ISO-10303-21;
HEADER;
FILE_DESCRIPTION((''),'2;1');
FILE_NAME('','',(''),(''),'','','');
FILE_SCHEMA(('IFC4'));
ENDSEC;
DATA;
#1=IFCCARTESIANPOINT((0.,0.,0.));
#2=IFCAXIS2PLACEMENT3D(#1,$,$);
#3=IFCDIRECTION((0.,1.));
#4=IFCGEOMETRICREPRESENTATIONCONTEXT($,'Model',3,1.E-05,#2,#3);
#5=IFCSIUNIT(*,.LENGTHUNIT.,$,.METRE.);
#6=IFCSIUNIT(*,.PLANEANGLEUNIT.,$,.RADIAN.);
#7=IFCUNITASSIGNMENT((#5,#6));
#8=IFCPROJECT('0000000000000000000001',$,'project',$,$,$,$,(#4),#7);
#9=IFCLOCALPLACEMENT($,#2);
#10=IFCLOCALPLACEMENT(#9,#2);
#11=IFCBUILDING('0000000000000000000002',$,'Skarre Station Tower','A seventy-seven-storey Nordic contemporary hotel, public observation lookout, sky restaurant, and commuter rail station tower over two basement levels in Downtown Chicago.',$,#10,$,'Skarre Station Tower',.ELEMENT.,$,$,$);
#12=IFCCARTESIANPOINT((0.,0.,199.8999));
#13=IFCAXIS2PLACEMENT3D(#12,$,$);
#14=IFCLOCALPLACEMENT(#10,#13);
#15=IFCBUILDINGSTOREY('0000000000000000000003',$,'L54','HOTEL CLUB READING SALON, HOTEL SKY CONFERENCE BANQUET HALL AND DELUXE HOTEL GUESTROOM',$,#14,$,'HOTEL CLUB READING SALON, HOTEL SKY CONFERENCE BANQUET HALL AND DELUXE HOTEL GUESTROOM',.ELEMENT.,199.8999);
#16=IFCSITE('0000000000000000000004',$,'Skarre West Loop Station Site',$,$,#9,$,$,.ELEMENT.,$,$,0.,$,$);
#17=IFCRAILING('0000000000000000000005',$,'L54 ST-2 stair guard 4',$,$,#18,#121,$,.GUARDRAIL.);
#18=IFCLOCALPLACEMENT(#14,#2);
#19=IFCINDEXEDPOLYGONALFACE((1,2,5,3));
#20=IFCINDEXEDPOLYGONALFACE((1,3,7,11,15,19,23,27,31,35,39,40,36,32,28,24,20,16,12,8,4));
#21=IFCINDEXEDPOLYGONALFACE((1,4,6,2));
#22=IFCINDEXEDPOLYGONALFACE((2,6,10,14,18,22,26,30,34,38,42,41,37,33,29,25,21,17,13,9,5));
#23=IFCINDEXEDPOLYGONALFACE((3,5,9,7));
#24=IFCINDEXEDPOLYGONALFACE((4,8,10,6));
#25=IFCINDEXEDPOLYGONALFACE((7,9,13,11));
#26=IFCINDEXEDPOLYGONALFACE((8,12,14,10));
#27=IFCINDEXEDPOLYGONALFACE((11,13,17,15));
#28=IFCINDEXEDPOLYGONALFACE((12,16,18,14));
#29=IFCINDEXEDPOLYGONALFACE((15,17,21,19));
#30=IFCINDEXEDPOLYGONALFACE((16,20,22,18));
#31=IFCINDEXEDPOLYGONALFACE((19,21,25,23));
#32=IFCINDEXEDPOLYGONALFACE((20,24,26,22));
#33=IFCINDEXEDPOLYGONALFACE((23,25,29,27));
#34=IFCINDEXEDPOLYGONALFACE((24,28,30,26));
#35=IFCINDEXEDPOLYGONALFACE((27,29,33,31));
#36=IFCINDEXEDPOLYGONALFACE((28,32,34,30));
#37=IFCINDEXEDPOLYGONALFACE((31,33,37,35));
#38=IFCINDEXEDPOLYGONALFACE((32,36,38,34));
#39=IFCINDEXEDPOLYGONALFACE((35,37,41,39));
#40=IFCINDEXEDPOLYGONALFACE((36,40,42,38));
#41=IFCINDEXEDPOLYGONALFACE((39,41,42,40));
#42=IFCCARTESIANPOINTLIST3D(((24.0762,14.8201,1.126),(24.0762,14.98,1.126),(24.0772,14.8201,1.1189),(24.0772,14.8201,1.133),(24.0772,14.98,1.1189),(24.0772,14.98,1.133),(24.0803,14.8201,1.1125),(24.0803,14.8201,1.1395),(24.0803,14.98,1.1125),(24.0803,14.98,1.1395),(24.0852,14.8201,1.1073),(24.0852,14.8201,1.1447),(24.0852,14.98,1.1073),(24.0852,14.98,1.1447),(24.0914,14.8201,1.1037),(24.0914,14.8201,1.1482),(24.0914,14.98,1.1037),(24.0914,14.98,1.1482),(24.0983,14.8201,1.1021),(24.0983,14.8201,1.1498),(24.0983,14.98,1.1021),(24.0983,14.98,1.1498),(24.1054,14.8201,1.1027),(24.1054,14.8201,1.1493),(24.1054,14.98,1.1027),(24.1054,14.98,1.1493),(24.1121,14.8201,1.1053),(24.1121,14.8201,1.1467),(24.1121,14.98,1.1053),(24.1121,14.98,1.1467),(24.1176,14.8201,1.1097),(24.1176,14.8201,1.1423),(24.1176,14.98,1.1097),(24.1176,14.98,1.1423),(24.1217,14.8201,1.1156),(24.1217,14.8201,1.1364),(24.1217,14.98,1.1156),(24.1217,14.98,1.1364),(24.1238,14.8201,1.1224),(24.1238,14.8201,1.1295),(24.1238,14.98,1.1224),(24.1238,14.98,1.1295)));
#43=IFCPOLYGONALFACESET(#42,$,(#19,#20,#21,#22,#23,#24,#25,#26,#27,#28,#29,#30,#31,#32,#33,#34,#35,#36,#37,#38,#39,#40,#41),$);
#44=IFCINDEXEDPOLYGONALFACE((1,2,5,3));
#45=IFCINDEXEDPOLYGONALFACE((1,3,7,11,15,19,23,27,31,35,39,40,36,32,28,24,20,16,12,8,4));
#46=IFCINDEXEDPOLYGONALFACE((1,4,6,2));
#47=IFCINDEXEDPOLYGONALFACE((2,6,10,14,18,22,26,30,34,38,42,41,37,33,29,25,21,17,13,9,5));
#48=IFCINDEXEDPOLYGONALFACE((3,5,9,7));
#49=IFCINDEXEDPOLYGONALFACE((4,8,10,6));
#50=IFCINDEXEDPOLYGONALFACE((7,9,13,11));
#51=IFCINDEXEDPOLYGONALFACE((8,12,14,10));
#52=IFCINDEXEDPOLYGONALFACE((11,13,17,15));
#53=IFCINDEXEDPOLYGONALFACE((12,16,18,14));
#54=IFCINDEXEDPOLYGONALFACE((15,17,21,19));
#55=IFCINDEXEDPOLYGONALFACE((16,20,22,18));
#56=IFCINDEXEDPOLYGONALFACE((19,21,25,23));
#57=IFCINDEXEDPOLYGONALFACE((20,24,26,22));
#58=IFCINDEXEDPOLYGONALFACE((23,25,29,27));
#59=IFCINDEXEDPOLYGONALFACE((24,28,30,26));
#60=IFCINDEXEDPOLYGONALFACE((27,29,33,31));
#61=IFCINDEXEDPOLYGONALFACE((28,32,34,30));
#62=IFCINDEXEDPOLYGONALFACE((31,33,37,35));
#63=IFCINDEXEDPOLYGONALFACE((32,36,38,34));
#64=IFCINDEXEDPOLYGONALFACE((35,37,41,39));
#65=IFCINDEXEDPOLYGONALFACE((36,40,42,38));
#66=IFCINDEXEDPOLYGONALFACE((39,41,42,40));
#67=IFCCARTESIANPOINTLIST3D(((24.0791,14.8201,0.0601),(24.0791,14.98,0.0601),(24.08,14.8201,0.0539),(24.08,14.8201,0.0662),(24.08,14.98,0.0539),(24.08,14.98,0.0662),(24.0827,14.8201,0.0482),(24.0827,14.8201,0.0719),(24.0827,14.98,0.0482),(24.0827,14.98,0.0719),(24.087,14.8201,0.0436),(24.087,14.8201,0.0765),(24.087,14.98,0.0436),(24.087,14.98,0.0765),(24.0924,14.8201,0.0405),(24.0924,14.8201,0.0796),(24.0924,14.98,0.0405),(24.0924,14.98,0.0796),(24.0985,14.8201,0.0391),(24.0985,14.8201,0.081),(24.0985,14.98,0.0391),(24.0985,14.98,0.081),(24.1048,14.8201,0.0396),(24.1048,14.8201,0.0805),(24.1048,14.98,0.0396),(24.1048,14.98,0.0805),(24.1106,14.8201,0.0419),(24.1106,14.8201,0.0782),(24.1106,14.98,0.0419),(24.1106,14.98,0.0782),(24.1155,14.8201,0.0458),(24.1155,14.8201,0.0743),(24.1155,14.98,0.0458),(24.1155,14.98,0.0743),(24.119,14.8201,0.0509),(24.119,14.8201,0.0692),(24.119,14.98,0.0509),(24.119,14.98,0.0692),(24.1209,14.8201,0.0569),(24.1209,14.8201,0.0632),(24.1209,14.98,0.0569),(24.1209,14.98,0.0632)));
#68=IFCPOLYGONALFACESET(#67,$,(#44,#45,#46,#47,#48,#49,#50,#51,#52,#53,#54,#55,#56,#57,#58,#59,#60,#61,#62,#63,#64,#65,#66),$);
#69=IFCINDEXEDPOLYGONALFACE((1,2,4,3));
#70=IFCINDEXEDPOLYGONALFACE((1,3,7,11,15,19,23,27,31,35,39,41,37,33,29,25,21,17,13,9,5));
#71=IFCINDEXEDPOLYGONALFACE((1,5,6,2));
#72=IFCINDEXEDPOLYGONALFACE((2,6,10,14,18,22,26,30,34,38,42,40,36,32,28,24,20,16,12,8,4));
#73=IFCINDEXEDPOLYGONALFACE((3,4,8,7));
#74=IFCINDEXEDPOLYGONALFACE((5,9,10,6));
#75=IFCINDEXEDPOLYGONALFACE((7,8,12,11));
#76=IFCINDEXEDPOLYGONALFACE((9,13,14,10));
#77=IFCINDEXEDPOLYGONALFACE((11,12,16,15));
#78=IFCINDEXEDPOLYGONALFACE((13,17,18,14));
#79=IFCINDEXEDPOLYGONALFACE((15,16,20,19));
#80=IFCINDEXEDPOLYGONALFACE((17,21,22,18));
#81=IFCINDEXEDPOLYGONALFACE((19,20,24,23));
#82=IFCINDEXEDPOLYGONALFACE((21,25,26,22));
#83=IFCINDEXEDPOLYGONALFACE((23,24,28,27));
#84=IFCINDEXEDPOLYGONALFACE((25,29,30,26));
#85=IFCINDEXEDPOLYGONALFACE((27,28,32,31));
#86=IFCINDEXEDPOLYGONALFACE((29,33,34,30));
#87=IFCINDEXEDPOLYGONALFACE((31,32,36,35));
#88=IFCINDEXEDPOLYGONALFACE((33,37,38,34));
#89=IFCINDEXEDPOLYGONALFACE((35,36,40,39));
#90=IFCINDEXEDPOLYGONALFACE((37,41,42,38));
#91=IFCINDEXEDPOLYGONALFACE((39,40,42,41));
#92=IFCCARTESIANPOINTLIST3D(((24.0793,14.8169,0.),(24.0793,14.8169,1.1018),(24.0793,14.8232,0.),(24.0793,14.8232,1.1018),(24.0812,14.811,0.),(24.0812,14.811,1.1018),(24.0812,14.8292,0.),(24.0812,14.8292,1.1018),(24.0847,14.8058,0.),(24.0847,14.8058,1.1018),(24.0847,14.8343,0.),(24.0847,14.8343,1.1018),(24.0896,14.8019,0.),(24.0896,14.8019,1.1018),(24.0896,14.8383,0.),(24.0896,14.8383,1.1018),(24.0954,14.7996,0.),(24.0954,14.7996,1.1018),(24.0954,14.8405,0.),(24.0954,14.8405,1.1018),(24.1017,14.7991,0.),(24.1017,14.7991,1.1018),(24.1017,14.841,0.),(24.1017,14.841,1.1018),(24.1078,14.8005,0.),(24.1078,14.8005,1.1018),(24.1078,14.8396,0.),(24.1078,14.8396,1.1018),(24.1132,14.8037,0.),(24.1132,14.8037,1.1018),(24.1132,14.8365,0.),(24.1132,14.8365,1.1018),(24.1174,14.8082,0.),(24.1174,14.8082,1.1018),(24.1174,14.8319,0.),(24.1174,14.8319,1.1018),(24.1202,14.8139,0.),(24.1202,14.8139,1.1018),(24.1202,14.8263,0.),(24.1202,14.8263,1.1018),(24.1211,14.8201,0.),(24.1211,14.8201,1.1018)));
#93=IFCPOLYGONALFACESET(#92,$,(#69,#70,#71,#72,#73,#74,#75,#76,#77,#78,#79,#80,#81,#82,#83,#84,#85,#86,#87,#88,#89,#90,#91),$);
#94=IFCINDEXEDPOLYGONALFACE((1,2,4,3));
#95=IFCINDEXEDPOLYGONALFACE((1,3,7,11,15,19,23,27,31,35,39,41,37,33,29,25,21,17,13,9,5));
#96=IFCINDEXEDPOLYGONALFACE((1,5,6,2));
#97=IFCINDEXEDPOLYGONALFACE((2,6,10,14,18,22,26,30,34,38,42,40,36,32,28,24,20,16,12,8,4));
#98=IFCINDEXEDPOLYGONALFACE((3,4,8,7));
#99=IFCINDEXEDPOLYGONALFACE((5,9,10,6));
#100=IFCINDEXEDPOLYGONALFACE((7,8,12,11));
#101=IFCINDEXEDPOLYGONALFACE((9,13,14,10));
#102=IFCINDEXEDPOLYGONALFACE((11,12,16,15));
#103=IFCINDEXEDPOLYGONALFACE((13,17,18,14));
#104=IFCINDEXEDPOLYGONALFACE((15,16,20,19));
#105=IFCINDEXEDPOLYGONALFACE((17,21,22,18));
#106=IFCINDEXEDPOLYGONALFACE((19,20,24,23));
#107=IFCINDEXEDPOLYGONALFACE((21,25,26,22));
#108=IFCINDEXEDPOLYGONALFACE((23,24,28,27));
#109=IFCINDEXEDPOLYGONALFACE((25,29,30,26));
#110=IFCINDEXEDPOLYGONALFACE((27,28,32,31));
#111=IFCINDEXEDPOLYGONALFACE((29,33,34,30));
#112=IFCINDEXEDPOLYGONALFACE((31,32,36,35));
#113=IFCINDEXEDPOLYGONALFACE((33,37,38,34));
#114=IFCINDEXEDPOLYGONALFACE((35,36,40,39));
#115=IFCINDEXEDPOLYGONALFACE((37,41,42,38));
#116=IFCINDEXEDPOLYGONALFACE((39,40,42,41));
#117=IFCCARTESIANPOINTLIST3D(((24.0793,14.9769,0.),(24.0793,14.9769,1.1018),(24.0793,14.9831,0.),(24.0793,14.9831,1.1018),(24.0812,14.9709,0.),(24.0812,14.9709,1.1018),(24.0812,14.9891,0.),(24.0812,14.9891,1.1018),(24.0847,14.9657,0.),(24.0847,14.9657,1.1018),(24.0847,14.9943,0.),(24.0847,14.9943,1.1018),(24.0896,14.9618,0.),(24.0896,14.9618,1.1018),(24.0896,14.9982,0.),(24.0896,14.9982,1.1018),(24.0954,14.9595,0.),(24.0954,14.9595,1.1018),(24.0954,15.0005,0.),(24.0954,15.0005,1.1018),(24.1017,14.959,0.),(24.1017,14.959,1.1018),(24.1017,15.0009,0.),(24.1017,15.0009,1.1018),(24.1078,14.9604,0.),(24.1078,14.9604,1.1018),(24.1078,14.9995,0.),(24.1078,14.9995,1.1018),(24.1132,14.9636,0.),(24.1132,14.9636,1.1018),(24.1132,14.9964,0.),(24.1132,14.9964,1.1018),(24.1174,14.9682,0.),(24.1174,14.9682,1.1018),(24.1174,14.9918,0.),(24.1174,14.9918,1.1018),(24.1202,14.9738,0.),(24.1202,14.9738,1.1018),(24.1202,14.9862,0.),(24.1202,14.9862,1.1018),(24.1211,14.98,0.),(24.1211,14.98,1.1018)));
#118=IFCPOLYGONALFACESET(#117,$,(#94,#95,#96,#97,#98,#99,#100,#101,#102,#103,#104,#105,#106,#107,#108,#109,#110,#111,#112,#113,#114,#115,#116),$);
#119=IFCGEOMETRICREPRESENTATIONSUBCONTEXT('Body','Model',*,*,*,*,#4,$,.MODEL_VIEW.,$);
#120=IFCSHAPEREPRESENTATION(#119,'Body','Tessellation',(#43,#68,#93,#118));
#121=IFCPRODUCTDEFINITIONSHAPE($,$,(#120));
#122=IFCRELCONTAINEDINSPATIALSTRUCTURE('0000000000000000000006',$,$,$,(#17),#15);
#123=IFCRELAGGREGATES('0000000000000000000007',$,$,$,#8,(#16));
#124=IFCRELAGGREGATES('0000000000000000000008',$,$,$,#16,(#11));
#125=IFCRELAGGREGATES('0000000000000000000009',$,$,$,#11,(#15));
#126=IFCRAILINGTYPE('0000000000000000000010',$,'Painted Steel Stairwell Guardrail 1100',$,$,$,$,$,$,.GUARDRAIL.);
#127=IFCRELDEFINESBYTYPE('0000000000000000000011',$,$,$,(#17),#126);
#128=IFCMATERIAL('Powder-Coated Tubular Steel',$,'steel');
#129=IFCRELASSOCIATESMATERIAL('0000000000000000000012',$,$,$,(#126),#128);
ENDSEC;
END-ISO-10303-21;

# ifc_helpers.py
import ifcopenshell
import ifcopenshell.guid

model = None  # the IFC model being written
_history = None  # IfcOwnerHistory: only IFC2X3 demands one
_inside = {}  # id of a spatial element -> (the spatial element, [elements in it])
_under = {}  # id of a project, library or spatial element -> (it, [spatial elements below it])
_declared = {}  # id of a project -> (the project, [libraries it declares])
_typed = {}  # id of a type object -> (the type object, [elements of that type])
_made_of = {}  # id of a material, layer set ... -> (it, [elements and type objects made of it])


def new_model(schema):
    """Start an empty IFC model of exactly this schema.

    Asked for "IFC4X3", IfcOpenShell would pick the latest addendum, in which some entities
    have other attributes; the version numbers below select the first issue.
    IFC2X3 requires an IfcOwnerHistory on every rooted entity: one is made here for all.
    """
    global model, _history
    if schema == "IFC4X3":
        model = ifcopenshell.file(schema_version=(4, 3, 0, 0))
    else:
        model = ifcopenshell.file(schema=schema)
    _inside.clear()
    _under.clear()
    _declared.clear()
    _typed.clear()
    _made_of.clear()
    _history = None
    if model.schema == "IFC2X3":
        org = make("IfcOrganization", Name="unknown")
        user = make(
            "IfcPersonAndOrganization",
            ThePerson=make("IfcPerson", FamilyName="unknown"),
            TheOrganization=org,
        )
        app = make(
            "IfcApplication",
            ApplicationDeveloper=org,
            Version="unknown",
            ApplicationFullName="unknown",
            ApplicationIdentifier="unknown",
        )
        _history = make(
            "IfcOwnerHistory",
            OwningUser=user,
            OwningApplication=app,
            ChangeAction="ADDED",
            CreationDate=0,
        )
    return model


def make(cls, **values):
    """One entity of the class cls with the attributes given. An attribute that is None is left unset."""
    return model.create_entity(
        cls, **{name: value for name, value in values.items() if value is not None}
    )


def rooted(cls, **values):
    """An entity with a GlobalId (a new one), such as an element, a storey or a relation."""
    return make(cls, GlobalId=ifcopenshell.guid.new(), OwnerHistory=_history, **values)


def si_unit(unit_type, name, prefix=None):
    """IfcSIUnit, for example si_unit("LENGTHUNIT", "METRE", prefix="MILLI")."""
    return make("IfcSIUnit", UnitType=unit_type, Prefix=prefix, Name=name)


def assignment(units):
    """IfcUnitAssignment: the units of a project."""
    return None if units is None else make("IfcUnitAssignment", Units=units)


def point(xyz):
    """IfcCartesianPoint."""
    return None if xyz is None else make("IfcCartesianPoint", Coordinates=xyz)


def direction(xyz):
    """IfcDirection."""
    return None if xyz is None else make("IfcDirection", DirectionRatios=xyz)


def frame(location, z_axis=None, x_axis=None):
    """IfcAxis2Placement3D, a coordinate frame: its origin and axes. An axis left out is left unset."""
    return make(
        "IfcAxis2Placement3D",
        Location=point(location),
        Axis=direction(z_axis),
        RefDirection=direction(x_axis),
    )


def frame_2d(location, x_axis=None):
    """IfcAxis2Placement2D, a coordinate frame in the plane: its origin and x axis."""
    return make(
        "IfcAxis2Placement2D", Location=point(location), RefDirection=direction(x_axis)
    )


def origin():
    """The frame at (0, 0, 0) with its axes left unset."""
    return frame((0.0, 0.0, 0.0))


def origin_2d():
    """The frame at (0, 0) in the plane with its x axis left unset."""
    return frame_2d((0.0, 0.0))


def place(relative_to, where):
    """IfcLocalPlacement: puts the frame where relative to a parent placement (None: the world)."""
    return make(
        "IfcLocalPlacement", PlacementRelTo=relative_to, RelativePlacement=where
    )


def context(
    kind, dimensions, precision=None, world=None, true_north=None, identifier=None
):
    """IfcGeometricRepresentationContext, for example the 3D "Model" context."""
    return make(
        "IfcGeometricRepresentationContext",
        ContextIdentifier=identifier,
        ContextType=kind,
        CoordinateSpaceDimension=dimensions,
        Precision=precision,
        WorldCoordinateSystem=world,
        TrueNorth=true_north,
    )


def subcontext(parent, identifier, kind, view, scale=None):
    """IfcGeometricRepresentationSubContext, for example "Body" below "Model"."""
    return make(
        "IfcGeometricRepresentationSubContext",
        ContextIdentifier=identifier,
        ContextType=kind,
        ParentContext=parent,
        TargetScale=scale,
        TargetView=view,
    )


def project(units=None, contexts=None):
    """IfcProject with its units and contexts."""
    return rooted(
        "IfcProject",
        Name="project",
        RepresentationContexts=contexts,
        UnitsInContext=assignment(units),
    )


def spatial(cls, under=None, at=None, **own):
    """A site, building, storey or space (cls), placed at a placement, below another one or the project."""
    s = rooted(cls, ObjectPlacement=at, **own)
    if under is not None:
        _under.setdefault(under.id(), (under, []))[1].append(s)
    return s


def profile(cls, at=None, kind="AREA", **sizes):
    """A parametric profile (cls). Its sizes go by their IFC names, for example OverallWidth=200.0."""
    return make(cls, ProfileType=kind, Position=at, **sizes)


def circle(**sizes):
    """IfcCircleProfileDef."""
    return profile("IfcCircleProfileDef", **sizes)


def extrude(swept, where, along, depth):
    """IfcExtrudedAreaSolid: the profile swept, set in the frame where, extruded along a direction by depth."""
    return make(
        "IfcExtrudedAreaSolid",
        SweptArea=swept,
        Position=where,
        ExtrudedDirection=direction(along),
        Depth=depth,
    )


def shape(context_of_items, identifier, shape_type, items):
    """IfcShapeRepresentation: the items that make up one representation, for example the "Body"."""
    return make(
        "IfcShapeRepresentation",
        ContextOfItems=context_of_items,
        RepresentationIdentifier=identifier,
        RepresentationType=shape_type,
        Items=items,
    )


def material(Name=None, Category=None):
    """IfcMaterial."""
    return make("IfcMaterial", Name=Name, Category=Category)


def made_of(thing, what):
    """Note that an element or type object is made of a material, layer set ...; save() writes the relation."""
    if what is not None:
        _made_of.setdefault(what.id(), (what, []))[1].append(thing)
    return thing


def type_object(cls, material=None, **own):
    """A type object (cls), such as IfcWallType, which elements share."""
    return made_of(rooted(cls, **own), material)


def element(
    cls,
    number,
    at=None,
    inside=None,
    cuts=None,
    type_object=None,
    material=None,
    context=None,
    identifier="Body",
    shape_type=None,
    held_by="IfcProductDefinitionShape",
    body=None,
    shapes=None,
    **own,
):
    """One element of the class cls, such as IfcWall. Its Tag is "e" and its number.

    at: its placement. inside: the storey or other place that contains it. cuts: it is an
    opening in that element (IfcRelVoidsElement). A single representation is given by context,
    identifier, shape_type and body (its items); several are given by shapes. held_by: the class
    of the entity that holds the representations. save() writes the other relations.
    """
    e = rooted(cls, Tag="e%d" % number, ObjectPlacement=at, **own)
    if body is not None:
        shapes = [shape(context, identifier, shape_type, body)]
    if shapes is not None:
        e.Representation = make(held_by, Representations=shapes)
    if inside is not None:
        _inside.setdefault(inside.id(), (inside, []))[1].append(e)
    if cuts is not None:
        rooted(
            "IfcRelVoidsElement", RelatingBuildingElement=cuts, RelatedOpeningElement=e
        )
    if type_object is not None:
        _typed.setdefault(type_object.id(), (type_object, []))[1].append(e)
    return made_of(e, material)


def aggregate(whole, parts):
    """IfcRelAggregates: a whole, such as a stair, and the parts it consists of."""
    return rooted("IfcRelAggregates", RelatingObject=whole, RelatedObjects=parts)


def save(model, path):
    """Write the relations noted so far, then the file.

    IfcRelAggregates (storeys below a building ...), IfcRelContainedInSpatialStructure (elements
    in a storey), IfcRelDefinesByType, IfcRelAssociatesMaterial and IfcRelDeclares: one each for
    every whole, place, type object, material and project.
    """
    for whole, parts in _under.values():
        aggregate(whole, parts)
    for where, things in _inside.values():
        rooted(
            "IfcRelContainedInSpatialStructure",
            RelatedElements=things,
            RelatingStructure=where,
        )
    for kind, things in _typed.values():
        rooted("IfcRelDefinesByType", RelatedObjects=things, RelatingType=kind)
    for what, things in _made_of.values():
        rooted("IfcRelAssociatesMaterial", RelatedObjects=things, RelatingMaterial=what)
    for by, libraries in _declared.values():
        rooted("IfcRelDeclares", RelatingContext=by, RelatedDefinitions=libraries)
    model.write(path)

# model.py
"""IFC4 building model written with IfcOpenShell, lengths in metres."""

from ifc_helpers import new_model, si_unit, direction, frame, origin, origin_2d, place, context, subcontext, project, spatial, circle, extrude, material, type_object, element, save


model = new_model("IFC4")

# Units and contexts
model_context = context("Model", 3, precision=1e-05, world=origin(), true_north=direction((0.0, 1.0)))
body_context = subcontext(model_context, "Body", "Model", "MODEL_VIEW")
ifc_project = project(units=[si_unit("LENGTHUNIT", "METRE"), si_unit("PLANEANGLEUNIT", "RADIAN")], contexts=[model_context])

# Site, building, storey
site_placement = place(None, origin())
site = spatial("IfcSite", under=ifc_project, at=site_placement, Name="Skarre West Loop Station Site", CompositionType="ELEMENT", RefElevation=0.0)
building_placement = place(site_placement, origin())
building = spatial("IfcBuilding", under=site, at=building_placement, Name="Skarre Station Tower", Description="A seventy-seven-storey Nordic contemporary hotel, public observation lookout, sky restaurant, and commuter rail station tower over two basement levels in Downtown Chicago.", LongName="Skarre Station Tower", CompositionType="ELEMENT")
storey_placement = place(building_placement, frame((0.0, 0.0, 199.8999)))
storey = spatial("IfcBuildingStorey", under=building, at=storey_placement, Name="L54", Description="HOTEL CLUB READING SALON, HOTEL SKY CONFERENCE BANQUET HALL AND DELUXE HOTEL GUESTROOM", LongName="HOTEL CLUB READING SALON, HOTEL SKY CONFERENCE BANQUET HALL AND DELUXE HOTEL GUESTROOM", CompositionType="ELEMENT", Elevation=199.8999)

# Railing
ifc_material_1 = material(Name="Powder-Coated Tubular Steel", Category="steel")
railing_type_1 = type_object("IfcRailingType", Name="Painted Steel Stairwell Guardrail 1100", PredefinedType="GUARDRAIL", material=ifc_material_1)
railing_1_placement = place(storey_placement, frame((24.1001, 14.8201, 0.0)))
element("IfcRailing", 1, at=railing_1_placement, inside=storey, type_object=railing_type_1, Name="L54 ST-2 stair guard 4", PredefinedType="GUARDRAIL", context=body_context, shape_type="SweptSolid", body=[
    extrude(circle(Radius=0.0239, at=origin_2d()), frame((0.0, 0.0, 1.126), z_axis=(0.0, 1.0, 0.0), x_axis=(-1.0, 0.0, 0.0)), (0.0, 0.0, 1.0), 0.1599),
    extrude(circle(Radius=0.021, at=origin_2d()), frame((0.0, 0.0, 0.0601), z_axis=(0.0, 1.0, 0.0), x_axis=(-1.0, 0.0, 0.0)), (0.0, 0.0, 1.0), 0.1599),
    extrude(circle(Radius=0.021, at=origin_2d()), origin(), (0.0, 0.0, 1.0), 1.1018),
    extrude(circle(Radius=0.021, at=origin_2d()), frame((0.0, 0.1599, 0.0)), (0.0, 0.0, 1.0), 1.1018),
])

save(model, "model.ifc")
